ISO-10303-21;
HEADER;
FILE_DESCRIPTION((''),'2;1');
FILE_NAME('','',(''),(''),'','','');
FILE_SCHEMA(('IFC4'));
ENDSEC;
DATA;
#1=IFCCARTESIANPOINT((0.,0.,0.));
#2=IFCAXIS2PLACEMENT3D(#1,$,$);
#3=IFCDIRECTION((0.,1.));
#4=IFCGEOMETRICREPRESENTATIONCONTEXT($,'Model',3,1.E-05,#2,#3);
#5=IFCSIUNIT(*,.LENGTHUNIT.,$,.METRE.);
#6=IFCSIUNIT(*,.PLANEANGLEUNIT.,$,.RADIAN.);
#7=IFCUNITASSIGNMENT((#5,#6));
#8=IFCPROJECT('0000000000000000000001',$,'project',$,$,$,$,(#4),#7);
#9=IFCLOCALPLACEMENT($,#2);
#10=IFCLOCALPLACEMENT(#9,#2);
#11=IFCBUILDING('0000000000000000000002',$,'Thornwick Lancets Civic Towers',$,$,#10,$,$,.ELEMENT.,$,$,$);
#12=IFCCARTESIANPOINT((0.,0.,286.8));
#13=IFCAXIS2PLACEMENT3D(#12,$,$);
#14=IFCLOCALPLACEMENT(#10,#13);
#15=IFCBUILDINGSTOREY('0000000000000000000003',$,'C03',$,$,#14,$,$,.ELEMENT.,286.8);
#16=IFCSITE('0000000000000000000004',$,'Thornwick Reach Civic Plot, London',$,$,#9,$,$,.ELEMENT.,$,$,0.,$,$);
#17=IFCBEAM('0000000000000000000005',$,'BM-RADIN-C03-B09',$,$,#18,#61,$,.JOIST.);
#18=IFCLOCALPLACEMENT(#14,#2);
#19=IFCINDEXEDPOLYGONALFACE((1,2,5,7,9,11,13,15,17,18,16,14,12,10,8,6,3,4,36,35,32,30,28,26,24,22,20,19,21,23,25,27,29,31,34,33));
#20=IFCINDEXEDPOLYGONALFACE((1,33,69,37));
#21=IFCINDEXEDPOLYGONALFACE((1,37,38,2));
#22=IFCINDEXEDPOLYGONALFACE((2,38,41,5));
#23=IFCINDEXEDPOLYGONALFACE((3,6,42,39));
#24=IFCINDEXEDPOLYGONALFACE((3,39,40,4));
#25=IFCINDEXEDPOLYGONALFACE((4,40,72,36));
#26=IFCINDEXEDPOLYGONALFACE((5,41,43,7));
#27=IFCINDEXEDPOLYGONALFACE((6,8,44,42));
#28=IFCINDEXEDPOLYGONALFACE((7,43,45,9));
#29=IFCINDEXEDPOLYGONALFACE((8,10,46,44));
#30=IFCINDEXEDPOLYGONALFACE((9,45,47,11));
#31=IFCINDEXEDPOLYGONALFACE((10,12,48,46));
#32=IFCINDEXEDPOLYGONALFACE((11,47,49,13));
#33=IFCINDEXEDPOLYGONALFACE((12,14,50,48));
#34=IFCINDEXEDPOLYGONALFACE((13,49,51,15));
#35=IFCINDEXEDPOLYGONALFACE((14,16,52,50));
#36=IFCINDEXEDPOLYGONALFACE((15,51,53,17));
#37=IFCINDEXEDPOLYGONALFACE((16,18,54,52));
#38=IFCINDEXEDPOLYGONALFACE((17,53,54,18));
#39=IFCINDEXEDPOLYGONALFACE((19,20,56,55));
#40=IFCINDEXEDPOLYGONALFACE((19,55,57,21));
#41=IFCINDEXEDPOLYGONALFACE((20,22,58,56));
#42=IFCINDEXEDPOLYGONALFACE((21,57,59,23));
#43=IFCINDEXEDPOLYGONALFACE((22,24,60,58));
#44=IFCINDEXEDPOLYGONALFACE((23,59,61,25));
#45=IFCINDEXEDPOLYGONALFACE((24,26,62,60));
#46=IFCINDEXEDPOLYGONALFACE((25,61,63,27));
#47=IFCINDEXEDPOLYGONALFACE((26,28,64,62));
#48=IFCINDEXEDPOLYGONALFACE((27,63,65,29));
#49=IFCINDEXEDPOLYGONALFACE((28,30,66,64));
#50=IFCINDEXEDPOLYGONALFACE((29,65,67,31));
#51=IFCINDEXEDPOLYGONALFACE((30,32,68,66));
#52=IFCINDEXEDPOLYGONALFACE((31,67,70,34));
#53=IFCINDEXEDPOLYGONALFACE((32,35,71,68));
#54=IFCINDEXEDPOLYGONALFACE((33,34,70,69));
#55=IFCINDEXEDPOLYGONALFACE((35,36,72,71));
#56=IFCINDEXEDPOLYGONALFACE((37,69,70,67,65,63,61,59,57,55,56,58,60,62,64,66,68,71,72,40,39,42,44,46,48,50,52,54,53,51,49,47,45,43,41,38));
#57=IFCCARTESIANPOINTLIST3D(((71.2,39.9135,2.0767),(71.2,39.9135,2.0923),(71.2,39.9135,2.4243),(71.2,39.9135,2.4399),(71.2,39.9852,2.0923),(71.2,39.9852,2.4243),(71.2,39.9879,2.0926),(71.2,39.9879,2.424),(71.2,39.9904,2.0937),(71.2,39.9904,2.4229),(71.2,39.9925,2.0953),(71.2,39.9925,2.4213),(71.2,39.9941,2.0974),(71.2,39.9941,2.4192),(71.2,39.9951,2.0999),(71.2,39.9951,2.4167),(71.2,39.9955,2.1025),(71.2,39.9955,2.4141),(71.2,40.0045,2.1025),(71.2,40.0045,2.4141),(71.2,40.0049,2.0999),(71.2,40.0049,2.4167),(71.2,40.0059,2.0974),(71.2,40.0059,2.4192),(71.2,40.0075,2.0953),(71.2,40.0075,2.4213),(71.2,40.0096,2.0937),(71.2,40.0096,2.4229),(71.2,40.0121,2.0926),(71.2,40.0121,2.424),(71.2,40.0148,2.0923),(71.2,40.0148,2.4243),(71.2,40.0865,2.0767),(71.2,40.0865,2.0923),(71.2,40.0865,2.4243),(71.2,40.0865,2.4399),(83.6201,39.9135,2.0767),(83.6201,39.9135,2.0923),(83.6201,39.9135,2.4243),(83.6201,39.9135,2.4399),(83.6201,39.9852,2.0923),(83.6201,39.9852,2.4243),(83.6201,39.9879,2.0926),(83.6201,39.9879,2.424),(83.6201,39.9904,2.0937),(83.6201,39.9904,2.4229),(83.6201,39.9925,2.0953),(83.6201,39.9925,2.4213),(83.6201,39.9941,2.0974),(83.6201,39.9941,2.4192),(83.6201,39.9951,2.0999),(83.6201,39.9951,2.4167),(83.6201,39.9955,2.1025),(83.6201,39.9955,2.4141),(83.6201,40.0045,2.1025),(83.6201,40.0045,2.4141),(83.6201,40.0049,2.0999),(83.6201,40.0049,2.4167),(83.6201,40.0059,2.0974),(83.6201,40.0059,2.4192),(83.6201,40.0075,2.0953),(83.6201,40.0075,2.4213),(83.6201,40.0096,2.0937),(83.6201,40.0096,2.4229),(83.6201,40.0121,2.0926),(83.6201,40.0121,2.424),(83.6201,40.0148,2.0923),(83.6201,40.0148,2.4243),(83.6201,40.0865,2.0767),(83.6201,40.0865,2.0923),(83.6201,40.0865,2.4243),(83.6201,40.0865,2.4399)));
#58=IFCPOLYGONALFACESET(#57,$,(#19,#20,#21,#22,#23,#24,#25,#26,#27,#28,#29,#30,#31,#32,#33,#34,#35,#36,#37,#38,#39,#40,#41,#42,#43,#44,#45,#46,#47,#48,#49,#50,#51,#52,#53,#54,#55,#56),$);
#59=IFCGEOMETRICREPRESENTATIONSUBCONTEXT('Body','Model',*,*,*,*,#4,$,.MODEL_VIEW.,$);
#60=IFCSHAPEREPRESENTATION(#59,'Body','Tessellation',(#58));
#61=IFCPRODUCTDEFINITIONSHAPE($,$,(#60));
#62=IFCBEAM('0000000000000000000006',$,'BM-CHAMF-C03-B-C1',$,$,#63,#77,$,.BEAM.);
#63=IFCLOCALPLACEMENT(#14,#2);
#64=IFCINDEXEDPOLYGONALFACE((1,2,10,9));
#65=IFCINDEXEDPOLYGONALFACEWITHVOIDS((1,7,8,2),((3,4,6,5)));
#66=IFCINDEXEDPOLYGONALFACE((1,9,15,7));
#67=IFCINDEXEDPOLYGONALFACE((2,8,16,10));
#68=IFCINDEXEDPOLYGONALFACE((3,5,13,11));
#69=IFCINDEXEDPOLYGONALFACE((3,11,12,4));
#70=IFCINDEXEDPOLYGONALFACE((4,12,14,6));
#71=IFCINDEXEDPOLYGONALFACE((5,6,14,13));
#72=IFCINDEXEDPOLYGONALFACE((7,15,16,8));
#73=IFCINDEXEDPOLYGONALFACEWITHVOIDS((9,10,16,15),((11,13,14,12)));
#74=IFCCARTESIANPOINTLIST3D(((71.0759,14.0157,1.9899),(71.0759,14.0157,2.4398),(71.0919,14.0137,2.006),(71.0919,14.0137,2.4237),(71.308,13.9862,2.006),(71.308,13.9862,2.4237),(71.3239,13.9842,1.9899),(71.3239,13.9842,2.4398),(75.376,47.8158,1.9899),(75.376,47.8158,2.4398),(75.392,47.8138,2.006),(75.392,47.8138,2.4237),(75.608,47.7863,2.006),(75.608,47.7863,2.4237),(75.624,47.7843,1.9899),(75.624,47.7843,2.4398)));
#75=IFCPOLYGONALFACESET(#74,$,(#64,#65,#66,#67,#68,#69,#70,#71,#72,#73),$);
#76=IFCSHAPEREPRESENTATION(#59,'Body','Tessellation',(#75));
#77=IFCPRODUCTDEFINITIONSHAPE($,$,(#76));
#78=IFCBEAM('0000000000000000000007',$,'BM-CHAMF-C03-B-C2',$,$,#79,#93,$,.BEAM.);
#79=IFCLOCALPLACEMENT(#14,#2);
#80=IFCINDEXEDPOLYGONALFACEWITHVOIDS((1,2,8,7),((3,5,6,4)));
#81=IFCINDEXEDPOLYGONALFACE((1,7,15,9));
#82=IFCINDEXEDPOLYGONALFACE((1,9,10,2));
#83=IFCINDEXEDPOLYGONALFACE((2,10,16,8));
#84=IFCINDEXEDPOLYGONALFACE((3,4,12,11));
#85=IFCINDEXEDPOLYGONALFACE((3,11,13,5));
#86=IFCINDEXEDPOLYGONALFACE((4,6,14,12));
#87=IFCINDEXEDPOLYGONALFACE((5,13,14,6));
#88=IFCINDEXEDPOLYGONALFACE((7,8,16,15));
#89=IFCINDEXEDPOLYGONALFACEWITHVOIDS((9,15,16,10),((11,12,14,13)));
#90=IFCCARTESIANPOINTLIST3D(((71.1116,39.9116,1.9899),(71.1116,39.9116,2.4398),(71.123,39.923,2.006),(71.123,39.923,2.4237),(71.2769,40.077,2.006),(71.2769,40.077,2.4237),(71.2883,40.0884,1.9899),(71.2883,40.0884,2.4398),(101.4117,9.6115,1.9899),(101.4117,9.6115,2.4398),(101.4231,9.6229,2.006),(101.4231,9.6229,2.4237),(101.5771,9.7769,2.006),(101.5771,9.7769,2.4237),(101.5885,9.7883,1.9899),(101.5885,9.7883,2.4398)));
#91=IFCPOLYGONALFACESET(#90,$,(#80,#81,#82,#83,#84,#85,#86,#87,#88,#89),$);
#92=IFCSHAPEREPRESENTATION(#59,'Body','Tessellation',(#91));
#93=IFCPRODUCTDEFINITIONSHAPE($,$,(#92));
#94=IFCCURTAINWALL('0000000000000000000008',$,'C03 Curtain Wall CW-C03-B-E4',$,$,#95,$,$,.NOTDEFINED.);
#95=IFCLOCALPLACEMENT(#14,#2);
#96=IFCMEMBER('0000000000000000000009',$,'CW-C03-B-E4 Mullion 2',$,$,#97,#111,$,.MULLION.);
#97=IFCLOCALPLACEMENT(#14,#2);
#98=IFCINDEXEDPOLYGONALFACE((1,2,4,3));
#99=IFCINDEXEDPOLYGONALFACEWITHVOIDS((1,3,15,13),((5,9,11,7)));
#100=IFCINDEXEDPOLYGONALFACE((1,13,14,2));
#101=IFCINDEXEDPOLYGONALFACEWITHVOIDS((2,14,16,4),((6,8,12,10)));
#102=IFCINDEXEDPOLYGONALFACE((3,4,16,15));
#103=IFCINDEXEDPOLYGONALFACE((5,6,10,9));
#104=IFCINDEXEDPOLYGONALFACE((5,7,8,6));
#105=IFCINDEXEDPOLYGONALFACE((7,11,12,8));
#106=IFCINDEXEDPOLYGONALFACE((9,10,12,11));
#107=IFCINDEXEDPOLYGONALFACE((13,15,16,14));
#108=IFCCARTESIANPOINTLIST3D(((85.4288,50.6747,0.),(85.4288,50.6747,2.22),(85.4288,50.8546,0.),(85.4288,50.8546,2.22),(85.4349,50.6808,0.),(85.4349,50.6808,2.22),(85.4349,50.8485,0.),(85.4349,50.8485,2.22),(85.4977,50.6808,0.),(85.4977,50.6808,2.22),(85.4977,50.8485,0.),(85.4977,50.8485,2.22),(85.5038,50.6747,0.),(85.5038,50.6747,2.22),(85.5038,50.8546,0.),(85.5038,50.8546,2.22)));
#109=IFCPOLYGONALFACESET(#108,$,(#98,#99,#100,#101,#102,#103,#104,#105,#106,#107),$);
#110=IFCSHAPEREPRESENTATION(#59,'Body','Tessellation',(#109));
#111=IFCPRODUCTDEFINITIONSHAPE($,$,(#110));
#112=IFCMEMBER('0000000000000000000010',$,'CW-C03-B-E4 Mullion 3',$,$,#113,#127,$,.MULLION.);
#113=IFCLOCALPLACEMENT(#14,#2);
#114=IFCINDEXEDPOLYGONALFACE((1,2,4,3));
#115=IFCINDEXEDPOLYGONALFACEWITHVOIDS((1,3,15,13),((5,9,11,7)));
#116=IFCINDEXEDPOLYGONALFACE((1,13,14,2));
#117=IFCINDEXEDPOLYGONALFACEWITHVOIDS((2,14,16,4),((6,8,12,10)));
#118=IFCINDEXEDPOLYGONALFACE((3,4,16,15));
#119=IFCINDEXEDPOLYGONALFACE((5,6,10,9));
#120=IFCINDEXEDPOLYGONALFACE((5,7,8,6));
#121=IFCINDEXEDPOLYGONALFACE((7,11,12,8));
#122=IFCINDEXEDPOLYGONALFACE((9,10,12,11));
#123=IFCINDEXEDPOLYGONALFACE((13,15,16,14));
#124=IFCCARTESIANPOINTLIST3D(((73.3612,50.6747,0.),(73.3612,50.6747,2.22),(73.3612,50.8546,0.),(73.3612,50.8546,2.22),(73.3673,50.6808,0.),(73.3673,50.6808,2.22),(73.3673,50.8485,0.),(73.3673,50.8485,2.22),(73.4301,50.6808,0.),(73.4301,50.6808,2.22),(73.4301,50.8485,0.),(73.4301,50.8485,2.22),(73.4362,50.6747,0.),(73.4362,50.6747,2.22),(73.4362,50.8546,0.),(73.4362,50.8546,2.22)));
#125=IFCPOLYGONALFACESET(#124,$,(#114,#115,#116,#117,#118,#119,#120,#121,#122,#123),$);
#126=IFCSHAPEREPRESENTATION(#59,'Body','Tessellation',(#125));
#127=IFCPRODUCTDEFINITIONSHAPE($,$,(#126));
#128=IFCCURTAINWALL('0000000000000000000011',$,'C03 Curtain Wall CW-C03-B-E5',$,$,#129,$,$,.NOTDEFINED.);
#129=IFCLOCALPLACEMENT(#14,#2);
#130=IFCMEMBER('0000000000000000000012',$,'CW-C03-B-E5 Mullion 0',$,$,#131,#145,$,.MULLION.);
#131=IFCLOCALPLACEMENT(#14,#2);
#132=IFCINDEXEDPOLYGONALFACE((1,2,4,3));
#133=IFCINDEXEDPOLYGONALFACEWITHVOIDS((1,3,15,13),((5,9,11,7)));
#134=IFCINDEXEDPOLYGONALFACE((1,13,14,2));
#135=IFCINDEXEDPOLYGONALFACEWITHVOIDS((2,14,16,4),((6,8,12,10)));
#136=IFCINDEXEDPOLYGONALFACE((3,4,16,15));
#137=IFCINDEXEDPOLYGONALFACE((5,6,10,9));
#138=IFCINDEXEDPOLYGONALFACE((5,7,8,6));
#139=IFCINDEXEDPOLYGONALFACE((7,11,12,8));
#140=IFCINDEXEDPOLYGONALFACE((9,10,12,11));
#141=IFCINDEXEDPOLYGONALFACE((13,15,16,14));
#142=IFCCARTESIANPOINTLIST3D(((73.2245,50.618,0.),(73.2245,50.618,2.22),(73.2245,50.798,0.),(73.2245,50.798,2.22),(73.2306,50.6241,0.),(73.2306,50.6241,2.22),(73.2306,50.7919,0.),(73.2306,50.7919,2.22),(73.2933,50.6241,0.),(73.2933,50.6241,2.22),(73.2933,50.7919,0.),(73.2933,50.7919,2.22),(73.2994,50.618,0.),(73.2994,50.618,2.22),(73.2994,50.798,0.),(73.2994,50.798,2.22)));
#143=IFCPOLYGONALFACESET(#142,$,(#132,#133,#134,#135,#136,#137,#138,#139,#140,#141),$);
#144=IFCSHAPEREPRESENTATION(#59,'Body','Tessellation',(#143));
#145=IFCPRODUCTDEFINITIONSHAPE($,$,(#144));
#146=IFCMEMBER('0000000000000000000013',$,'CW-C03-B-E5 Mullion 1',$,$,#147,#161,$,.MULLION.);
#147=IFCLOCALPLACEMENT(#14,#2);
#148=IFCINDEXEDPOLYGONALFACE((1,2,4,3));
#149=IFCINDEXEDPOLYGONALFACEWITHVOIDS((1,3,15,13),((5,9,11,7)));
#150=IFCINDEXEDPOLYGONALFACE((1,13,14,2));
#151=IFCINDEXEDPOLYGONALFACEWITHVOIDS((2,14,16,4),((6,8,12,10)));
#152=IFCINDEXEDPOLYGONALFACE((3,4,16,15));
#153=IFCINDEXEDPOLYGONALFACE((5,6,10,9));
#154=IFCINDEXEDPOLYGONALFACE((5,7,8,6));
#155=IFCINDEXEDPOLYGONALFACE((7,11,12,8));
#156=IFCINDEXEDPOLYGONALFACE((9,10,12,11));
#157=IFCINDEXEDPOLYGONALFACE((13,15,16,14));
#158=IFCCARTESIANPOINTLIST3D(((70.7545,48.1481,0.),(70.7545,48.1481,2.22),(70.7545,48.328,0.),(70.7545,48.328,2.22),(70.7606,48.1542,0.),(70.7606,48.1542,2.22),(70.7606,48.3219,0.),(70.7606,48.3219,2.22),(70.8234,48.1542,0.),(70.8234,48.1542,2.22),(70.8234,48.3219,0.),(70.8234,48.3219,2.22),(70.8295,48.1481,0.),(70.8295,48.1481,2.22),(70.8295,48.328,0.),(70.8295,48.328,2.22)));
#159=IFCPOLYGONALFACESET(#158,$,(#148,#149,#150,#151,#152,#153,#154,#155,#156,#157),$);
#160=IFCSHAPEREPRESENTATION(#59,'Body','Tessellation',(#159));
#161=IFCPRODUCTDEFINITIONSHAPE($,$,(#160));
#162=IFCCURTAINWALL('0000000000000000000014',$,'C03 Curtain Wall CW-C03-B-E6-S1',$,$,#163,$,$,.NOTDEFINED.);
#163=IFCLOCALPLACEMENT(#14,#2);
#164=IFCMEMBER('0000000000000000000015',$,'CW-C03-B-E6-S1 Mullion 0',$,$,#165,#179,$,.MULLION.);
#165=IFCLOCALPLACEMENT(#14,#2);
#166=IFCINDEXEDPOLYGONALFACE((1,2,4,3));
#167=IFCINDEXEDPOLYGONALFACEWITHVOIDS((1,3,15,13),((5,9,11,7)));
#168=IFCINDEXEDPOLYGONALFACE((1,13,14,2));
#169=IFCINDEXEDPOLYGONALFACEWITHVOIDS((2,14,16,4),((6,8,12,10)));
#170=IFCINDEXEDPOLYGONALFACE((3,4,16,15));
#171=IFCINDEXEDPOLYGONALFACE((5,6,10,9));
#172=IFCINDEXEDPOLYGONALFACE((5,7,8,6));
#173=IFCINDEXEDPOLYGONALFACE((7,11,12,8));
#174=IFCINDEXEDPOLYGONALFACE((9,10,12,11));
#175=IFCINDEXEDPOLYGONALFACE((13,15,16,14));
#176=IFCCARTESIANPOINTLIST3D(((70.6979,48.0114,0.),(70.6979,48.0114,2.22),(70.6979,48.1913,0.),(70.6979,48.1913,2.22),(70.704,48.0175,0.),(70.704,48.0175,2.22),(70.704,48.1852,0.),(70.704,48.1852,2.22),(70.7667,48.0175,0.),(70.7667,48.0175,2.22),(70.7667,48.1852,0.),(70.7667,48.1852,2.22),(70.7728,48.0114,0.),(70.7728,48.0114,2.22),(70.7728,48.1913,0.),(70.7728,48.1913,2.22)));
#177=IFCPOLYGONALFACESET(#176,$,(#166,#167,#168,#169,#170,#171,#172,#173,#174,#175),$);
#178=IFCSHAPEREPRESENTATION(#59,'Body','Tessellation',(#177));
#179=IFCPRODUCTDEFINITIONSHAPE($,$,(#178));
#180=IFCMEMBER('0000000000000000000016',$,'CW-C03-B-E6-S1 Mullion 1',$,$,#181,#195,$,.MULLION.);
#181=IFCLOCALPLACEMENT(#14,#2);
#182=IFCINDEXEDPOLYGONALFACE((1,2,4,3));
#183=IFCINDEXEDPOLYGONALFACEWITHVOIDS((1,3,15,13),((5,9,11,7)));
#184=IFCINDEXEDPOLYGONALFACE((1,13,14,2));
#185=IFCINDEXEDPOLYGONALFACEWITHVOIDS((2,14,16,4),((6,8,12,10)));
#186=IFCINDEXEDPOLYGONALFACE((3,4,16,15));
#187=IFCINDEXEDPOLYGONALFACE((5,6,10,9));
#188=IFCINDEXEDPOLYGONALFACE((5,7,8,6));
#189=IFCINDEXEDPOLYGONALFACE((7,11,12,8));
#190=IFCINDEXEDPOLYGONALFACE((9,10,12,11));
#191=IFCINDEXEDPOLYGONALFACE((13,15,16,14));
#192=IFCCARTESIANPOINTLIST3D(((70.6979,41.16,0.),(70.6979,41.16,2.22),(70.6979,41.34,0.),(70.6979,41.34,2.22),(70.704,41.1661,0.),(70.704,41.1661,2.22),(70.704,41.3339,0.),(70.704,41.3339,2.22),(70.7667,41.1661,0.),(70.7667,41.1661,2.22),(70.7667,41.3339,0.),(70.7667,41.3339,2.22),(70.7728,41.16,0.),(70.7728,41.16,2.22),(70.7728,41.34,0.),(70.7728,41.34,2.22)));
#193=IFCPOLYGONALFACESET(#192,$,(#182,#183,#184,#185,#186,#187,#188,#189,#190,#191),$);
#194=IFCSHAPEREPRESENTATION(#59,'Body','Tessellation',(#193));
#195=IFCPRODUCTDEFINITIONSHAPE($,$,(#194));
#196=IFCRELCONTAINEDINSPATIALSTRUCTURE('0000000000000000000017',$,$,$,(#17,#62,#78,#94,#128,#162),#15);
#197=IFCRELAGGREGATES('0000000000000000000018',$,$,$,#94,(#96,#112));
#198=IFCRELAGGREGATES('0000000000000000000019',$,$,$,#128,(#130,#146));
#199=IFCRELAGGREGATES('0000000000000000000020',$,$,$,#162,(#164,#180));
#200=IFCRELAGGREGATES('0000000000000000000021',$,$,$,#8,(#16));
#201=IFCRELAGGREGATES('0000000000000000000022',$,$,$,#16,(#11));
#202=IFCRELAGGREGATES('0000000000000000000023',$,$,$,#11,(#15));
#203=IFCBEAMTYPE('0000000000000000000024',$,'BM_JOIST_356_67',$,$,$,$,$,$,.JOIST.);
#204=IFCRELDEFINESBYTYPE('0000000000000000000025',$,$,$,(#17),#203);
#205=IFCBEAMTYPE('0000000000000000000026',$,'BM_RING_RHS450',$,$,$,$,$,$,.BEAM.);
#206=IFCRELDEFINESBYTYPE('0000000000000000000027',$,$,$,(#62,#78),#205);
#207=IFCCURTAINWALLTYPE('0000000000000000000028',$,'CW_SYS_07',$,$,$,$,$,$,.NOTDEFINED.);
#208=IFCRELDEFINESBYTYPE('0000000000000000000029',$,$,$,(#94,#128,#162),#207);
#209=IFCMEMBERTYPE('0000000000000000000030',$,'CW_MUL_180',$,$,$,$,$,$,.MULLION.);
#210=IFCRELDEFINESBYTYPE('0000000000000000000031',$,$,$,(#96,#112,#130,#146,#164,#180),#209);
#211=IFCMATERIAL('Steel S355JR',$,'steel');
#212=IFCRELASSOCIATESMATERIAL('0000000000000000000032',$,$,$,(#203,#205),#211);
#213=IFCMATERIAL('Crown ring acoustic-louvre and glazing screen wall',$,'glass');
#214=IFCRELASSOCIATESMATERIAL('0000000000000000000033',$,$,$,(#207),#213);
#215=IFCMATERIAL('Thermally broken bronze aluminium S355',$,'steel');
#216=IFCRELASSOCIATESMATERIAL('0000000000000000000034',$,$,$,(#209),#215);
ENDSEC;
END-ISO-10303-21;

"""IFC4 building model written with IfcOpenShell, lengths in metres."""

from ifc_helpers import new_model, si_unit, direction, frame, origin, origin_2d, place, context, subcontext, project, spatial, hollow_rectangle, i_section, extrude, material, material_profile, profile_set, type_object, element, aggregate, save


model = new_model("IFC4")

# Units and contexts
model_context = context("Model", 3, precision=1e-05, world=origin(), true_north=direction((0.0, 1.0)))
body_context = subcontext(model_context, "Body", "Model", "MODEL_VIEW")
ifc_project = project(units=[si_unit("LENGTHUNIT", "METRE"), si_unit("PLANEANGLEUNIT", "RADIAN")], contexts=[model_context])

# Site, building, storey
site_placement = place(None, origin())
site = spatial("IfcSite", under=ifc_project, at=site_placement, Name="Thornwick Reach Civic Plot, London", CompositionType="ELEMENT", RefElevation=0.0)
building_placement = place(site_placement, origin())
building = spatial("IfcBuilding", under=site, at=building_placement, Name="Thornwick Lancets Civic Towers", CompositionType="ELEMENT")
storey_placement = place(building_placement, frame((0.0, 0.0, 286.8)))
storey = spatial("IfcBuildingStorey", under=building, at=storey_placement, Name="C03", CompositionType="ELEMENT", Elevation=286.8)

# Shared definitions
ifc_material_1 = material(Name="Steel S355JR", Category="steel")

# Beams
ifc_material_profile_1 = material_profile(ifc_material_1, i_section(OverallWidth=0.1731, OverallDepth=0.3633, WebThickness=0.009, FlangeThickness=0.0156, FilletRadius=0.0103, at=origin_2d()), Name="UKB 356x171x67")
ifc_profile_set_1 = profile_set([ifc_material_profile_1], Name="Steel S355JR")
beam_type_1 = type_object("IfcBeamType", Name="BM_JOIST_356_67", PredefinedType="JOIST", material=ifc_profile_set_1)
beam_1_placement = place(storey_placement, frame((83.6201, 40.0, 2.2583), z_axis=(-1.0, 0.0, 0.0), x_axis=(0.0, -1.0, 0.0)))
element("IfcBeam", 1, at=beam_1_placement, inside=storey, type_object=beam_type_1, Name="BM-RADIN-C03-B09", PredefinedType="JOIST", context=body_context, shape_type="SweptSolid", body=[
    extrude(i_section(OverallWidth=0.1731, OverallDepth=0.3633, WebThickness=0.009, FlangeThickness=0.0156, FilletRadius=0.0103, at=origin_2d()), origin(), (0.0, 0.0, 1.0), 12.4202),
])
ifc_material_profile_2 = material_profile(ifc_material_1, hollow_rectangle(XDim=0.25, YDim=0.45, WallThickness=0.0161, at=origin_2d()), Name="RHS 450x250x16")
ifc_profile_set_2 = profile_set([ifc_material_profile_2], Name="Steel S355JR")
beam_type_2 = type_object("IfcBeamType", Name="BM_RING_RHS450", PredefinedType="BEAM", material=ifc_profile_set_2)
beam_2_placement = place(storey_placement, frame((75.5, 47.8, 2.2148), z_axis=(-0.126203, -0.992004, 0.0), x_axis=(0.992004, -0.126203, 0.0)))
element("IfcBeam", 2, at=beam_2_placement, inside=storey, type_object=beam_type_2, Name="BM-CHAMF-C03-B-C1", PredefinedType="BEAM", context=body_context, shape_type="SweptSolid", body=[
    extrude(hollow_rectangle(XDim=0.25, YDim=0.45, WallThickness=0.0161, at=origin_2d()), origin(), (0.0, 0.0, 1.0), 34.0725),
])
beam_3_placement = place(storey_placement, frame((71.2, 40.0, 2.2148), z_axis=(0.707107, -0.707107, 0.0), x_axis=(0.707107, 0.707107, 0.0)))
element("IfcBeam", 3, at=beam_3_placement, inside=storey, type_object=beam_type_2, Name="BM-CHAMF-C03-B-C2", PredefinedType="BEAM", context=body_context, shape_type="SweptSolid", body=[
    extrude(hollow_rectangle(XDim=0.25, YDim=0.45, WallThickness=0.0161, at=origin_2d()), origin(), (0.0, 0.0, 1.0), 42.8508),
])

# Curtain walls, members
ifc_material_2 = material(Name="Crown ring acoustic-louvre and glazing screen wall", Category="glass")
curtain_wall_type = type_object("IfcCurtainWallType", Name="CW_SYS_07", PredefinedType="NOTDEFINED", material=ifc_material_2)
curtain_wall_1_placement = place(storey_placement, origin())
curtain_wall_1 = element("IfcCurtainWall", 4, at=curtain_wall_1_placement, inside=storey, type_object=curtain_wall_type, Name="C03 Curtain Wall CW-C03-B-E4", PredefinedType="NOTDEFINED")
ifc_material_3 = material(Name="Thermally broken bronze aluminium S355", Category="steel")
ifc_material_profile_3 = material_profile(ifc_material_3, hollow_rectangle(XDim=0.075, YDim=0.1799, WallThickness=0.0061, at=origin_2d()), Name="RHS 180x75x6")
ifc_profile_set_3 = profile_set([ifc_material_profile_3], Name="Thermally broken bronze aluminium S355")
member_type_1 = type_object("IfcMemberType", Name="CW_MUL_180", PredefinedType="MULLION", material=ifc_profile_set_3)
member_1_placement = place(storey_placement, frame((85.4663, 50.7646, 0.0), z_axis=(0.0, 0.0, 1.0), x_axis=(1.0, 0.0, 0.0)))
member_1 = element("IfcMember", 5, at=member_1_placement, type_object=member_type_1, Name="CW-C03-B-E4 Mullion 2", PredefinedType="MULLION", context=body_context, shape_type="SweptSolid", body=[
    extrude(hollow_rectangle(XDim=0.075, YDim=0.1799, WallThickness=0.0061, at=origin_2d()), origin(), (0.0, 0.0, 1.0), 2.22),
])
member_2_placement = place(storey_placement, frame((73.3987, 50.7646, 0.0), z_axis=(0.0, 0.0, 1.0), x_axis=(1.0, 0.0, 0.0)))
member_2 = element("IfcMember", 6, at=member_2_placement, type_object=member_type_1, Name="CW-C03-B-E4 Mullion 3", PredefinedType="MULLION", context=body_context, shape_type="SweptSolid", body=[
    extrude(hollow_rectangle(XDim=0.075, YDim=0.1799, WallThickness=0.0061, at=origin_2d()), origin(), (0.0, 0.0, 1.0), 2.22),
])
curtain_wall_2_placement = place(storey_placement, origin())
curtain_wall_2 = element("IfcCurtainWall", 7, at=curtain_wall_2_placement, inside=storey, type_object=curtain_wall_type, Name="C03 Curtain Wall CW-C03-B-E5", PredefinedType="NOTDEFINED")
member_3_placement = place(storey_placement, frame((73.262, 50.708, 0.0), z_axis=(0.0, 0.0, 1.0), x_axis=(1.0, 0.0, 0.0)))
member_3 = element("IfcMember", 8, at=member_3_placement, type_object=member_type_1, Name="CW-C03-B-E5 Mullion 0", PredefinedType="MULLION", context=body_context, shape_type="SweptSolid", body=[
    extrude(hollow_rectangle(XDim=0.075, YDim=0.1799, WallThickness=0.0061, at=origin_2d()), origin(), (0.0, 0.0, 1.0), 2.22),
])
member_4_placement = place(storey_placement, frame((70.792, 48.238, 0.0), z_axis=(0.0, 0.0, 1.0), x_axis=(1.0, 0.0, 0.0)))
member_4 = element("IfcMember", 9, at=member_4_placement, type_object=member_type_1, Name="CW-C03-B-E5 Mullion 1", PredefinedType="MULLION", context=body_context, shape_type="SweptSolid", body=[
    extrude(hollow_rectangle(XDim=0.075, YDim=0.1799, WallThickness=0.0061, at=origin_2d()), origin(), (0.0, 0.0, 1.0), 2.22),
])
curtain_wall_3_placement = place(storey_placement, origin())
curtain_wall_3 = element("IfcCurtainWall", 10, at=curtain_wall_3_placement, inside=storey, type_object=curtain_wall_type, Name="C03 Curtain Wall CW-C03-B-E6-S1", PredefinedType="NOTDEFINED")
member_5_placement = place(storey_placement, frame((70.7354, 48.1013, 0.0), z_axis=(0.0, 0.0, 1.0), x_axis=(1.0, 0.0, 0.0)))
member_5 = element("IfcMember", 11, at=member_5_placement, type_object=member_type_1, Name="CW-C03-B-E6-S1 Mullion 0", PredefinedType="MULLION", context=body_context, shape_type="SweptSolid", body=[
    extrude(hollow_rectangle(XDim=0.075, YDim=0.1799, WallThickness=0.0061, at=origin_2d()), origin(), (0.0, 0.0, 1.0), 2.22),
])
member_6_placement = place(storey_placement, frame((70.7354, 41.25, 0.0), z_axis=(0.0, 0.0, 1.0), x_axis=(1.0, 0.0, 0.0)))
member_6 = element("IfcMember", 12, at=member_6_placement, type_object=member_type_1, Name="CW-C03-B-E6-S1 Mullion 1", PredefinedType="MULLION", context=body_context, shape_type="SweptSolid", body=[
    extrude(hollow_rectangle(XDim=0.075, YDim=0.1799, WallThickness=0.0061, at=origin_2d()), origin(), (0.0, 0.0, 1.0), 2.22),
])

aggregate(curtain_wall_1, [member_1, member_2])
aggregate(curtain_wall_2, [member_3, member_4])
aggregate(curtain_wall_3, [member_5, member_6])

save(model, "model.ifc")
